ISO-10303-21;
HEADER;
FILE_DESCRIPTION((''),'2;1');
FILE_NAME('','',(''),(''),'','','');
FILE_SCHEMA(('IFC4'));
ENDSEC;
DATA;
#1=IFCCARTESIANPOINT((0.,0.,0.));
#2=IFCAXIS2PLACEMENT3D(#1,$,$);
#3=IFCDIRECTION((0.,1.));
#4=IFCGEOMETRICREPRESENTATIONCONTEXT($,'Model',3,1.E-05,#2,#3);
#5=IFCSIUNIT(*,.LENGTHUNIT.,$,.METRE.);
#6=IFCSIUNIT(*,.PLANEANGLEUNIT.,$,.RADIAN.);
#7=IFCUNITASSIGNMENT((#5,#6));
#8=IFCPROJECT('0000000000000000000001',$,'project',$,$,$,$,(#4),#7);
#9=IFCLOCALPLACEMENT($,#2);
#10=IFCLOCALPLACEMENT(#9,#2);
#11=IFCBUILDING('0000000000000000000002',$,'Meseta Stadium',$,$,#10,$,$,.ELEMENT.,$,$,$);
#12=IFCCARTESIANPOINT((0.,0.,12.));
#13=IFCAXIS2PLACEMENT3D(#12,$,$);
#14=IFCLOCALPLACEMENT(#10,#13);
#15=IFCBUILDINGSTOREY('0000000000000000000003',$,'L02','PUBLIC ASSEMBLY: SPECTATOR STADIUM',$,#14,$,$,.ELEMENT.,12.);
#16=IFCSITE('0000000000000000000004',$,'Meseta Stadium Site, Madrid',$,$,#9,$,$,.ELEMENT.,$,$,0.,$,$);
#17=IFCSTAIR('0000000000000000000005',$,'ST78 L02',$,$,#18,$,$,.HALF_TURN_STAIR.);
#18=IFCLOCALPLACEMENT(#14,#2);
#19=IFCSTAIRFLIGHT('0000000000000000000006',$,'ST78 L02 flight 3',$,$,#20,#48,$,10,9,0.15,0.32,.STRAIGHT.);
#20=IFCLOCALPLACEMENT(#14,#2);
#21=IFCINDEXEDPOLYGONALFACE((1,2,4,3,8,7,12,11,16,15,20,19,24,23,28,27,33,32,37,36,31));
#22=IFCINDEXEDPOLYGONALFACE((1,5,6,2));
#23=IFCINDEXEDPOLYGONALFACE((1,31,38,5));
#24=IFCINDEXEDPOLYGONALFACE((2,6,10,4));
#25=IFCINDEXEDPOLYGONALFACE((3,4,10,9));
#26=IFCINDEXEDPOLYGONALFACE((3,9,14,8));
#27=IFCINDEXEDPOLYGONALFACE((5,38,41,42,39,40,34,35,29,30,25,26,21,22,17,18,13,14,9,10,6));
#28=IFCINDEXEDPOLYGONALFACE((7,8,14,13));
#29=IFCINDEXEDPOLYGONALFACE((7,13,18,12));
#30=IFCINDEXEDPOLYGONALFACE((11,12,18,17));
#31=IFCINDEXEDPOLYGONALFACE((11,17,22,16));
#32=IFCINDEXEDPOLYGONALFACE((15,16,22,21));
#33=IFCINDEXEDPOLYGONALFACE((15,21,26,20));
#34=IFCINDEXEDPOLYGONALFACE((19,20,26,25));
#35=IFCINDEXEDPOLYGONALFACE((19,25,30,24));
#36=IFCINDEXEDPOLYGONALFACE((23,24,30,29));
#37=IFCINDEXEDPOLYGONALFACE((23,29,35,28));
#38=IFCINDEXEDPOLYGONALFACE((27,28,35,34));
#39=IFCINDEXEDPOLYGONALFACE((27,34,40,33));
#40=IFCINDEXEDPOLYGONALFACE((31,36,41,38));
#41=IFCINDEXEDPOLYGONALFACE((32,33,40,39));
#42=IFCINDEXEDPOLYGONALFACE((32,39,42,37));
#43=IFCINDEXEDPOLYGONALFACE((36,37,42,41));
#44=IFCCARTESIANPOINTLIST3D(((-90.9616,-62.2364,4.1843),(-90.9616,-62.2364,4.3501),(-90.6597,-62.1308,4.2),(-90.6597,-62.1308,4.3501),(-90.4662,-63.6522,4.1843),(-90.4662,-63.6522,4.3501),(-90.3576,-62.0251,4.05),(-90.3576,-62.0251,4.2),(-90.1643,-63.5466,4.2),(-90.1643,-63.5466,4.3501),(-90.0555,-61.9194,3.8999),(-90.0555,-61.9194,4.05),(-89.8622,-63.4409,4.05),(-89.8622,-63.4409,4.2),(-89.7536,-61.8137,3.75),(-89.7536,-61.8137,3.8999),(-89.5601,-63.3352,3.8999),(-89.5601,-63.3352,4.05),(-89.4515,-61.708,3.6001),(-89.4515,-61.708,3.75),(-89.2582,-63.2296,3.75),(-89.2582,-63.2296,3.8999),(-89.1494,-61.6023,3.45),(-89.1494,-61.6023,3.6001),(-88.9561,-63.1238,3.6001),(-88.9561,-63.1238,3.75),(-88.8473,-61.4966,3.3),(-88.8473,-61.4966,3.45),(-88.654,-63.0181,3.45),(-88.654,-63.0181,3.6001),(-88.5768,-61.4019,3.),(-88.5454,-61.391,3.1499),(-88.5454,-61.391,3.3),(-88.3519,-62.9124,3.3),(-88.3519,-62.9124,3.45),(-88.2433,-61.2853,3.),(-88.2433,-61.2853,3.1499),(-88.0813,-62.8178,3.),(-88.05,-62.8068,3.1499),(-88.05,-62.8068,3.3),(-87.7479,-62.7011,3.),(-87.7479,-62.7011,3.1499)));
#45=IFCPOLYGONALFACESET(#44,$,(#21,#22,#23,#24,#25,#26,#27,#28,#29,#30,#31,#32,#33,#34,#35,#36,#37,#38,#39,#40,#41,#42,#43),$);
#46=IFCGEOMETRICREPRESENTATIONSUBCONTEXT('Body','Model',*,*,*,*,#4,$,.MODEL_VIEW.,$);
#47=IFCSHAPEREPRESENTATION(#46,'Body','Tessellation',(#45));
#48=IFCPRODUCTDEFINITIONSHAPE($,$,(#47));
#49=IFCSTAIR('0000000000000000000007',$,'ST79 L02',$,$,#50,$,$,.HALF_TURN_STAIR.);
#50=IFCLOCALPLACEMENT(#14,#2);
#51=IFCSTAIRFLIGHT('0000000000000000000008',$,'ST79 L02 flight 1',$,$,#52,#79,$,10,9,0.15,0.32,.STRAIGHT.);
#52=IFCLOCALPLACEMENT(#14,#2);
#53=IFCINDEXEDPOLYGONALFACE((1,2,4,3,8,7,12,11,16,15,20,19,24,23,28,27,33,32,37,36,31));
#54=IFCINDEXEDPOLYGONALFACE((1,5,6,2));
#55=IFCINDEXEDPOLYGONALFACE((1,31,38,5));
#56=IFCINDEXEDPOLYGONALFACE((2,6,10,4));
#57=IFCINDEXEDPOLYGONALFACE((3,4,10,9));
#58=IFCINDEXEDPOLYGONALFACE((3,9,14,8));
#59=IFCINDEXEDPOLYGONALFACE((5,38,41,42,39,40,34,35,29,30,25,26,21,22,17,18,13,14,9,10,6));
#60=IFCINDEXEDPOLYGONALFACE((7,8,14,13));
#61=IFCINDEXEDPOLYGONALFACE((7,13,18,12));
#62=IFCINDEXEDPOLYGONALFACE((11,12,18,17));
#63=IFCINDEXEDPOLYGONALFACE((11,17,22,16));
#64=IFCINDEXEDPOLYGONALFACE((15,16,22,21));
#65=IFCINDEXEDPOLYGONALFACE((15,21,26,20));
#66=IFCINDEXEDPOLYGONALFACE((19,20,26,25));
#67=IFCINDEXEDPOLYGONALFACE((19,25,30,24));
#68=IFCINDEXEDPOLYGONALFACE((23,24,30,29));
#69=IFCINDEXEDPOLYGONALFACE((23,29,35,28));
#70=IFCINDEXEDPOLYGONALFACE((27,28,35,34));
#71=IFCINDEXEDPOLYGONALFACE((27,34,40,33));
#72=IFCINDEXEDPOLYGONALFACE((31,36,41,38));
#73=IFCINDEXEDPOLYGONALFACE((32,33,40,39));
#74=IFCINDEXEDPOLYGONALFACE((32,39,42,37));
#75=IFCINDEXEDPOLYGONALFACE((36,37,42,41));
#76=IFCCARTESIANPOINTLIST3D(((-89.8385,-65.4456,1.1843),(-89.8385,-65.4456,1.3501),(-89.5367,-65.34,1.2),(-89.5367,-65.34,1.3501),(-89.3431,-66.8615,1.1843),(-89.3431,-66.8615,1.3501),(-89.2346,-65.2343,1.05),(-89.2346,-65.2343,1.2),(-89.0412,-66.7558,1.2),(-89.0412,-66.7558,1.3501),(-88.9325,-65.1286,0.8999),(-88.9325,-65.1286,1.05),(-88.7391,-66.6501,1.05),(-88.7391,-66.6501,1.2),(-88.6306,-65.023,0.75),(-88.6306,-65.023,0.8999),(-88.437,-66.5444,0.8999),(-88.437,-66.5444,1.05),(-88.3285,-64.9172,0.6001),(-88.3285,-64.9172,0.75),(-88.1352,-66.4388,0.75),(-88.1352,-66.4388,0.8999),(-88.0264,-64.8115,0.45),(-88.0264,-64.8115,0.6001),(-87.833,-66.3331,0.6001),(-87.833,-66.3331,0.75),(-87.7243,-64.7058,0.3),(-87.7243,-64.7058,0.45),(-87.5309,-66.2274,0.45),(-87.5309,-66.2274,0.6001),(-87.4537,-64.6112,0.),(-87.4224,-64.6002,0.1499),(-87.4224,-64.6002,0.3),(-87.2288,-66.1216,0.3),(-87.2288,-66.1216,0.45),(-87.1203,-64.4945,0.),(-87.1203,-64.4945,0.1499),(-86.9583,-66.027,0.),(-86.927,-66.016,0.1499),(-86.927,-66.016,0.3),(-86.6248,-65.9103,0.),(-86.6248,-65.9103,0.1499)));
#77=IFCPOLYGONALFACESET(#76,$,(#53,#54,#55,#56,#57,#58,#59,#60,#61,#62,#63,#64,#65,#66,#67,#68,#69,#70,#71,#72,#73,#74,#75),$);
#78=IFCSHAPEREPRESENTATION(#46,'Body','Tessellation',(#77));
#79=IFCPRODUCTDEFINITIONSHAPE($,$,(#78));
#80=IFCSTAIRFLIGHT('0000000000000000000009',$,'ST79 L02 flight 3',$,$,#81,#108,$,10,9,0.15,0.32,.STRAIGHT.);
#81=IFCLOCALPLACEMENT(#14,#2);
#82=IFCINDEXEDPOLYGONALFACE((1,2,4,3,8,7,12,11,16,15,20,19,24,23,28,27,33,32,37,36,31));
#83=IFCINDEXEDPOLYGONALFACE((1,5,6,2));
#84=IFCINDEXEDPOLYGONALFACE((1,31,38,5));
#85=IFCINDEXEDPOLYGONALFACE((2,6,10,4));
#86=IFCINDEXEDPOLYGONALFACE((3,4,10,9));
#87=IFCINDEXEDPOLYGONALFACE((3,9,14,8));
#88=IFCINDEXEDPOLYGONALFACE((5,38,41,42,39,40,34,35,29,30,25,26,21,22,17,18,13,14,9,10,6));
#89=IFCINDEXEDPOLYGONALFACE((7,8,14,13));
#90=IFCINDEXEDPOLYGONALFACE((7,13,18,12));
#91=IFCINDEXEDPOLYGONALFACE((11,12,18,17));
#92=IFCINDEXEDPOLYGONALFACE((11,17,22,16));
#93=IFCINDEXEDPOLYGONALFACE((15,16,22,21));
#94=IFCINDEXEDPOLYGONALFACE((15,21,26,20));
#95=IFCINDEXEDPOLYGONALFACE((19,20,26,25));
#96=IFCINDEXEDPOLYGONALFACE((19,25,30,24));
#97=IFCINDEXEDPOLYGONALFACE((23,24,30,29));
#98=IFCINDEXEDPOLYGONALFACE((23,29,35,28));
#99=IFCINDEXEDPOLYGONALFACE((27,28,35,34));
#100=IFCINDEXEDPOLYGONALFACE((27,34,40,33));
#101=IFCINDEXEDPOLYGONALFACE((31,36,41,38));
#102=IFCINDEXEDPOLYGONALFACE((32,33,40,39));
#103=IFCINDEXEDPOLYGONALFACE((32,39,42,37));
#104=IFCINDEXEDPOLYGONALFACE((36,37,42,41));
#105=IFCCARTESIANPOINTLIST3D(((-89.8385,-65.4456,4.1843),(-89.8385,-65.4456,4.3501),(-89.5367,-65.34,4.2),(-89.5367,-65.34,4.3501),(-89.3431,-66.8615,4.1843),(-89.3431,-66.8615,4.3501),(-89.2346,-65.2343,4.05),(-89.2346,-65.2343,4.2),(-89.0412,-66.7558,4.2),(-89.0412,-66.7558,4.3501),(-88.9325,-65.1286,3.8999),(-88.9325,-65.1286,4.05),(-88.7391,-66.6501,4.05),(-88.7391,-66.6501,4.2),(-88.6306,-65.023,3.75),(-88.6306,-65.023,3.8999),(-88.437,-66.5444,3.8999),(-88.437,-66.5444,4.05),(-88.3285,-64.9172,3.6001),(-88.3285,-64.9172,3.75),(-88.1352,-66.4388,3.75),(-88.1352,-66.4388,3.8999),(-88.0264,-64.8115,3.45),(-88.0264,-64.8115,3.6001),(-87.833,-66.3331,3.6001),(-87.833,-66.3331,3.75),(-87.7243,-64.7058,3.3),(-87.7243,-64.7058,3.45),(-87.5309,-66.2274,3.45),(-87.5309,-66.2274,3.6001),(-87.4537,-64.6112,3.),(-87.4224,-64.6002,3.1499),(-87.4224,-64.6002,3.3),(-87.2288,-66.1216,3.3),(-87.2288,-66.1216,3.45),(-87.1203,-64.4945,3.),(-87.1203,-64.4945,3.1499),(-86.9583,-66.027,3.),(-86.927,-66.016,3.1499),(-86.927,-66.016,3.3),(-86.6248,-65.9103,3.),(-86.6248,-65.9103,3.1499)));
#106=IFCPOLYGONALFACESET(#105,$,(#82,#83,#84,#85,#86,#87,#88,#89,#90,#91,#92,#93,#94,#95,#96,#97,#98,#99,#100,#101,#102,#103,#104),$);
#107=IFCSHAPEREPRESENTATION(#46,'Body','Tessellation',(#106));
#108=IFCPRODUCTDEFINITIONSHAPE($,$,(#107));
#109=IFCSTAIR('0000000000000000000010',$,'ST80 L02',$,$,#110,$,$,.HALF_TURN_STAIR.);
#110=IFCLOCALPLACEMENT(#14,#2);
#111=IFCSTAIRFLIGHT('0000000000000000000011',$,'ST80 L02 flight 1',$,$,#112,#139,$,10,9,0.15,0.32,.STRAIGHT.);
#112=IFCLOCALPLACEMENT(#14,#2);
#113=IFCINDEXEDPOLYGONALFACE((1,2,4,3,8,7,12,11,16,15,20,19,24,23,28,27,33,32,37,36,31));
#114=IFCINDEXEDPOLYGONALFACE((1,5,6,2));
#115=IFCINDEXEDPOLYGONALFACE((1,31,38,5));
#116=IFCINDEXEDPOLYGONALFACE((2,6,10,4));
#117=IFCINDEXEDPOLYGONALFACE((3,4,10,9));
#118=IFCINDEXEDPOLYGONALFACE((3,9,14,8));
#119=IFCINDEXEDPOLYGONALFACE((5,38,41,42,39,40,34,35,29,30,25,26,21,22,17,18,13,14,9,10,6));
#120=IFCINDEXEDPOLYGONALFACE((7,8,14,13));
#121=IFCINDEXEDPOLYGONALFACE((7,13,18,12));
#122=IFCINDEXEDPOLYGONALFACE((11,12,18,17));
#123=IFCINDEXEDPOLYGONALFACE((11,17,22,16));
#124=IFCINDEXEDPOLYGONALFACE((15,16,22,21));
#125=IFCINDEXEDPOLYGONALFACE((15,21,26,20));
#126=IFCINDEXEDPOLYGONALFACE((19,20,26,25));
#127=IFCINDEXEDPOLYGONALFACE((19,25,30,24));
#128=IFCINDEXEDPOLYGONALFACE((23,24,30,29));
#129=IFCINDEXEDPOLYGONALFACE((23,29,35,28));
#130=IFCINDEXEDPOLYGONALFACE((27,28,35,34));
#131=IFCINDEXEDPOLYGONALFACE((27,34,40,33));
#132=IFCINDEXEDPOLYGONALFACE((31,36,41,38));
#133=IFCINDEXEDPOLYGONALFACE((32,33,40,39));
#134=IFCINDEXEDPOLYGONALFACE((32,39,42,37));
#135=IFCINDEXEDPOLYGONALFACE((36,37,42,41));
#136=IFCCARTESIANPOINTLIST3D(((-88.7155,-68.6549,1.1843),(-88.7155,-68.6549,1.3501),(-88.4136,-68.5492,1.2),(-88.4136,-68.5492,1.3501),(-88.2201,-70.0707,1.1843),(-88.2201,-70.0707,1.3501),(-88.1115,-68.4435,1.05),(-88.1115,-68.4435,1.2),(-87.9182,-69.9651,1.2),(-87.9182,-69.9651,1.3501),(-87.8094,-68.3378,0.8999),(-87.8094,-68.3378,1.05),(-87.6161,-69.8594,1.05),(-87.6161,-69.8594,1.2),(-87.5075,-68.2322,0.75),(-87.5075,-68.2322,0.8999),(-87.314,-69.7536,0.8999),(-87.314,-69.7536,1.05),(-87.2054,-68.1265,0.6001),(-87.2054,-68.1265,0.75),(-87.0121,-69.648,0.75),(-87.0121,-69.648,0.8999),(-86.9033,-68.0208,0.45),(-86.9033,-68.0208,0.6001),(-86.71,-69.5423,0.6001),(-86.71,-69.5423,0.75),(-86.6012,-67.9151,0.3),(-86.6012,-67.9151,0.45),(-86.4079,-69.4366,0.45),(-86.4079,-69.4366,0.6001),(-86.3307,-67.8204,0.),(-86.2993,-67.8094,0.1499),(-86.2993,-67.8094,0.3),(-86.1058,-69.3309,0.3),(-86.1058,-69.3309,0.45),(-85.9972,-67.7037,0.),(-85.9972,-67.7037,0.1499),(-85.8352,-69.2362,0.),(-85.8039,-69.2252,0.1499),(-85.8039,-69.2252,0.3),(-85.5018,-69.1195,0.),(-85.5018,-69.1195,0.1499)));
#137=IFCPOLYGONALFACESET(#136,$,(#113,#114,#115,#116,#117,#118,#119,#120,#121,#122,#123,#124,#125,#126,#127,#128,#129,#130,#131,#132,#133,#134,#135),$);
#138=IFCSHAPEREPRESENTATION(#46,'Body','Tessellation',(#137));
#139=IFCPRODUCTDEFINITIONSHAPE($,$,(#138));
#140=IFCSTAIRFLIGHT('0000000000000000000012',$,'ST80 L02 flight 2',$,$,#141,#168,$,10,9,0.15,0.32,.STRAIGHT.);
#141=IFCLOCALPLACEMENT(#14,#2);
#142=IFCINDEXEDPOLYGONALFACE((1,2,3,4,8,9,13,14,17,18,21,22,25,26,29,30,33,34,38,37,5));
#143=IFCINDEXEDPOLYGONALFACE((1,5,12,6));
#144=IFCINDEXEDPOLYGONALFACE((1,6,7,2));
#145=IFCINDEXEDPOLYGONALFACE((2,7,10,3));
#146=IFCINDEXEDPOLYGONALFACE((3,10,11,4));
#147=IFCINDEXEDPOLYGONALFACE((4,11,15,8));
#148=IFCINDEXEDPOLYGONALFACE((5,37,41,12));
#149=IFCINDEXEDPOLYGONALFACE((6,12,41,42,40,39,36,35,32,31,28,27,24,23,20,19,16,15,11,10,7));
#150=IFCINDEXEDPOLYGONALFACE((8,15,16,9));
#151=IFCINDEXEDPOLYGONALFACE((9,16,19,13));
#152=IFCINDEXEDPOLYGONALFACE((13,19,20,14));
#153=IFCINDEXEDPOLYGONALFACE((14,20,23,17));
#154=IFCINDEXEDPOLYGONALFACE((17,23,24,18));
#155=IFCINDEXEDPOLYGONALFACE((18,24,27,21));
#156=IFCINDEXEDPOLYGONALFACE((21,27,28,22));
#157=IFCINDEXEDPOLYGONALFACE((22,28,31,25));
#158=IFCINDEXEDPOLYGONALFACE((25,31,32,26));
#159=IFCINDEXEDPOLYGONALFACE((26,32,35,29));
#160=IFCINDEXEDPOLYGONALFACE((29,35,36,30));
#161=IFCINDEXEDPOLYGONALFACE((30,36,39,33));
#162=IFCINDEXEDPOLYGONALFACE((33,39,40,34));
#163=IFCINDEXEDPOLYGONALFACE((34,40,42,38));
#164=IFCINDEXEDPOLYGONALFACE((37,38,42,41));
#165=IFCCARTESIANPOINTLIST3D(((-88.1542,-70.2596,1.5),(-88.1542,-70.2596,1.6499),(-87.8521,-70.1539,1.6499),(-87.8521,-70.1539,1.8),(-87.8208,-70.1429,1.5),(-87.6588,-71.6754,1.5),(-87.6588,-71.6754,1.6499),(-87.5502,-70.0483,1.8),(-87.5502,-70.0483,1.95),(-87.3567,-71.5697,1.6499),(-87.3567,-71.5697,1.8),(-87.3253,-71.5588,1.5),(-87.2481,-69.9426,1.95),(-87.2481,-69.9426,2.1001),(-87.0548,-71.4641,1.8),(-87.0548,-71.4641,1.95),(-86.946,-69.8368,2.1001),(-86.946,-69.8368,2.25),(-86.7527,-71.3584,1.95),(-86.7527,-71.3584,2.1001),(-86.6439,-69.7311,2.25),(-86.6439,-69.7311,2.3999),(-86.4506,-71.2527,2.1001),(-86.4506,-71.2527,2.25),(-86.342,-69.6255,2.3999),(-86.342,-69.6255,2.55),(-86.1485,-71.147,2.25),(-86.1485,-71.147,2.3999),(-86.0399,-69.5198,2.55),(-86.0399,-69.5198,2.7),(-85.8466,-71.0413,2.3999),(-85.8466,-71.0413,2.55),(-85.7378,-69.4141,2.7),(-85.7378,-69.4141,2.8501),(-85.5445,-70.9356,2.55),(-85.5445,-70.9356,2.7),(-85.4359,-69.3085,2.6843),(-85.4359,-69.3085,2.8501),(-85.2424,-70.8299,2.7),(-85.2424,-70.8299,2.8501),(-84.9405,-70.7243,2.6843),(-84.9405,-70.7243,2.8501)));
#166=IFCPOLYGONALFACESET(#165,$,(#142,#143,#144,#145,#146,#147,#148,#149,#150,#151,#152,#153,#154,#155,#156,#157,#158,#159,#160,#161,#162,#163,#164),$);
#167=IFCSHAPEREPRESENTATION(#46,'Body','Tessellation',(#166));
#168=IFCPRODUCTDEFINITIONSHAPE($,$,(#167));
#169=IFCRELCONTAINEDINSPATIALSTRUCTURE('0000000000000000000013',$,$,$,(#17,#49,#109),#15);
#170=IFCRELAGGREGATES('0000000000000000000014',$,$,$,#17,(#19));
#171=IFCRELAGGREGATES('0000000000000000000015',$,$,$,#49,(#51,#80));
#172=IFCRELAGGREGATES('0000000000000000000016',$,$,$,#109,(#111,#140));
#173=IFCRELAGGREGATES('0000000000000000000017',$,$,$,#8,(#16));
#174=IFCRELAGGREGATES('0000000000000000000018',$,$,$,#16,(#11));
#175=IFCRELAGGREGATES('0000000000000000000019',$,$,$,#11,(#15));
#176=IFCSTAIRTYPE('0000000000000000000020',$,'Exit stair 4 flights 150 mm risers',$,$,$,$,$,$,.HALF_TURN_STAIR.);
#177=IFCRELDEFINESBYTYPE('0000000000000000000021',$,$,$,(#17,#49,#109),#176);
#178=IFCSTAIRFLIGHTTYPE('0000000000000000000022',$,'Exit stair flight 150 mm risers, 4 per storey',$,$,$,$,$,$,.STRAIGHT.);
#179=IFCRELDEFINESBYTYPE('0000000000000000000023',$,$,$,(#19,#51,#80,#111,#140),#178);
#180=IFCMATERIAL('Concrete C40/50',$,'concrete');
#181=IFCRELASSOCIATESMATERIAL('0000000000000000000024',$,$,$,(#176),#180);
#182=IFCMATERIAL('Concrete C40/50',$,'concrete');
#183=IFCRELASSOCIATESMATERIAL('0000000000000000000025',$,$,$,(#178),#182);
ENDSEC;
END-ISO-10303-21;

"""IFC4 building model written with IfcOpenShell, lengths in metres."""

from ifc_helpers import new_model, si_unit, direction, frame, origin, place, context, subcontext, project, spatial, polyline, outline, extrude, material, type_object, element, aggregate, save


model = new_model("IFC4")

# Units and contexts
model_context = context("Model", 3, precision=1e-05, world=origin(), true_north=direction((0.0, 1.0)))
body_context = subcontext(model_context, "Body", "Model", "MODEL_VIEW")
ifc_project = project(units=[si_unit("LENGTHUNIT", "METRE"), si_unit("PLANEANGLEUNIT", "RADIAN")], contexts=[model_context])

# Site, building, storey
site_placement = place(None, origin())
site = spatial("IfcSite", under=ifc_project, at=site_placement, Name="Meseta Stadium Site, Madrid", CompositionType="ELEMENT", RefElevation=0.0)
building_placement = place(site_placement, origin())
building = spatial("IfcBuilding", under=site, at=building_placement, Name="Meseta Stadium", CompositionType="ELEMENT")
storey_placement = place(building_placement, frame((0.0, 0.0, 12.0)))
storey = spatial("IfcBuildingStorey", under=building, at=storey_placement, Name="L02", Description="PUBLIC ASSEMBLY: SPECTATOR STADIUM", CompositionType="ELEMENT", Elevation=12.0)

# Stairs, stair flights
ifc_material_1 = material(Name="Concrete C40/50", Category="concrete")
stair_type = type_object("IfcStairType", Name="Exit stair 4 flights 150 mm risers", PredefinedType="HALF_TURN_STAIR", material=ifc_material_1)
stair_1_placement = place(storey_placement, origin())
stair_1 = element("IfcStair", 1, at=stair_1_placement, inside=storey, type_object=stair_type, Name="ST78 L02", PredefinedType="HALF_TURN_STAIR")
ifc_material_2 = material(Name="Concrete C40/50", Category="concrete")
stair_flight_type = type_object("IfcStairFlightType", Name="Exit stair flight 150 mm risers, 4 per storey", PredefinedType="STRAIGHT", material=ifc_material_2)
stair_flight_1_placement = place(storey_placement, frame((-87.9956, -61.9932, 3.0), z_axis=(0.0, 0.0, 1.0), x_axis=(-0.943883, -0.330279, 0.0)))
stair_flight_1 = element("IfcStairFlight", 2, at=stair_flight_1_placement, type_object=stair_flight_type, Name="ST78 L02 flight 3", NumberOfRisers=10, NumberOfTreads=9, PredefinedType="STRAIGHT", RiserHeight=0.15, TreadLength=0.32, context=body_context, shape_type="SweptSolid", body=[
    extrude(outline(polyline([(0.0, 0.0), (0.0, 0.1499), (0.3201, 0.1499), (0.3201, 0.3), (0.6399, 0.3), (0.6399, 0.45), (0.96, 0.45), (0.96, 0.6001), (1.28, 0.6001), (1.28, 0.75), (1.6001, 0.75), (1.6001, 0.8999), (1.9199, 0.8999), (1.9199, 1.05), (2.24, 1.05), (2.24, 1.2), (2.5601, 1.2), (2.5601, 1.3501), (2.8799, 1.3501), (2.8799, 1.1843), (0.3533, 0.0), (0.0, 0.0)])), frame((0.0, 0.75, 0.0), z_axis=(0.0, -1.0, 0.0), x_axis=(1.0, 0.0, 0.0)), (0.0, 0.0, 1.0), 1.5),
])
aggregate(stair_1, [stair_flight_1])
stair_2_placement = place(storey_placement, origin())
stair_2 = element("IfcStair", 3, at=stair_2_placement, inside=storey, type_object=stair_type, Name="ST79 L02", PredefinedType="HALF_TURN_STAIR")
stair_flight_2_placement = place(storey_placement, frame((-86.8726, -65.2024, 0.0), z_axis=(0.0, 0.0, 1.0), x_axis=(-0.943883, -0.330279, 0.0)))
stair_flight_2 = element("IfcStairFlight", 4, at=stair_flight_2_placement, type_object=stair_flight_type, Name="ST79 L02 flight 1", NumberOfRisers=10, NumberOfTreads=9, PredefinedType="STRAIGHT", RiserHeight=0.15, TreadLength=0.32, context=body_context, shape_type="SweptSolid", body=[
    extrude(outline(polyline([(0.0, 0.0), (0.0, 0.1499), (0.3201, 0.1499), (0.3201, 0.3), (0.6399, 0.3), (0.6399, 0.45), (0.96, 0.45), (0.96, 0.6001), (1.28, 0.6001), (1.28, 0.75), (1.6001, 0.75), (1.6001, 0.8999), (1.9199, 0.8999), (1.9199, 1.05), (2.24, 1.05), (2.24, 1.2), (2.5601, 1.2), (2.5601, 1.3501), (2.8799, 1.3501), (2.8799, 1.1843), (0.3533, 0.0), (0.0, 0.0)])), frame((0.0, 0.75, 0.0), z_axis=(0.0, -1.0, 0.0), x_axis=(1.0, 0.0, 0.0)), (0.0, 0.0, 1.0), 1.5),
])
stair_flight_3_placement = place(storey_placement, frame((-86.8726, -65.2024, 3.0), z_axis=(0.0, 0.0, 1.0), x_axis=(-0.943883, -0.330279, 0.0)))
stair_flight_3 = element("IfcStairFlight", 5, at=stair_flight_3_placement, type_object=stair_flight_type, Name="ST79 L02 flight 3", NumberOfRisers=10, NumberOfTreads=9, PredefinedType="STRAIGHT", RiserHeight=0.15, TreadLength=0.32, context=body_context, shape_type="SweptSolid", body=[
    extrude(outline(polyline([(0.0, 0.0), (0.0, 0.1499), (0.3201, 0.1499), (0.3201, 0.3), (0.6399, 0.3), (0.6399, 0.45), (0.96, 0.45), (0.96, 0.6001), (1.28, 0.6001), (1.28, 0.75), (1.6001, 0.75), (1.6001, 0.8999), (1.9199, 0.8999), (1.9199, 1.05), (2.24, 1.05), (2.24, 1.2), (2.5601, 1.2), (2.5601, 1.3501), (2.8799, 1.3501), (2.8799, 1.1843), (0.3533, 0.0), (0.0, 0.0)])), frame((0.0, 0.75, 0.0), z_axis=(0.0, -1.0, 0.0), x_axis=(1.0, 0.0, 0.0)), (0.0, 0.0, 1.0), 1.5),
])
aggregate(stair_2, [stair_flight_2, stair_flight_3])
stair_3_placement = place(storey_placement, origin())
stair_3 = element("IfcStair", 6, at=stair_3_placement, inside=storey, type_object=stair_type, Name="ST80 L02", PredefinedType="HALF_TURN_STAIR")
stair_flight_4_placement = place(storey_placement, frame((-85.7495, -68.4116, 0.0), z_axis=(0.0, 0.0, 1.0), x_axis=(-0.943883, -0.330279, 0.0)))
stair_flight_4 = element("IfcStairFlight", 7, at=stair_flight_4_placement, type_object=stair_flight_type, Name="ST80 L02 flight 1", NumberOfRisers=10, NumberOfTreads=9, PredefinedType="STRAIGHT", RiserHeight=0.15, TreadLength=0.32, context=body_context, shape_type="SweptSolid", body=[
    extrude(outline(polyline([(0.0, 0.0), (0.0, 0.1499), (0.3201, 0.1499), (0.3201, 0.3), (0.6399, 0.3), (0.6399, 0.45), (0.96, 0.45), (0.96, 0.6001), (1.28, 0.6001), (1.28, 0.75), (1.6001, 0.75), (1.6001, 0.8999), (1.9199, 0.8999), (1.9199, 1.05), (2.24, 1.05), (2.24, 1.2), (2.5601, 1.2), (2.5601, 1.3501), (2.8799, 1.3501), (2.8799, 1.1843), (0.3533, 0.0), (0.0, 0.0)])), frame((0.0, 0.75, 0.0), z_axis=(0.0, -1.0, 0.0), x_axis=(1.0, 0.0, 0.0)), (0.0, 0.0, 1.0), 1.5),
])
stair_flight_5_placement = place(storey_placement, frame((-87.9065, -70.9675, 1.5), z_axis=(0.0, 0.0, 1.0), x_axis=(0.943883, 0.330279, 0.0)))
stair_flight_5 = element("IfcStairFlight", 8, at=stair_flight_5_placement, type_object=stair_flight_type, Name="ST80 L02 flight 2", NumberOfRisers=10, NumberOfTreads=9, PredefinedType="STRAIGHT", RiserHeight=0.15, TreadLength=0.32, context=body_context, shape_type="SweptSolid", body=[
    extrude(outline(polyline([(0.0, 0.0), (0.0, 0.1499), (0.3201, 0.1499), (0.3201, 0.3), (0.6399, 0.3), (0.6399, 0.45), (0.96, 0.45), (0.96, 0.6001), (1.28, 0.6001), (1.28, 0.75), (1.6001, 0.75), (1.6001, 0.8999), (1.9199, 0.8999), (1.9199, 1.05), (2.24, 1.05), (2.24, 1.2), (2.5601, 1.2), (2.5601, 1.3501), (2.8799, 1.3501), (2.8799, 1.1843), (0.3533, 0.0), (0.0, 0.0)])), frame((0.0, 0.75, 0.0), z_axis=(0.0, -1.0, 0.0), x_axis=(1.0, 0.0, 0.0)), (0.0, 0.0, 1.0), 1.5),
])
aggregate(stair_3, [stair_flight_4, stair_flight_5])

save(model, "model.ifc")
